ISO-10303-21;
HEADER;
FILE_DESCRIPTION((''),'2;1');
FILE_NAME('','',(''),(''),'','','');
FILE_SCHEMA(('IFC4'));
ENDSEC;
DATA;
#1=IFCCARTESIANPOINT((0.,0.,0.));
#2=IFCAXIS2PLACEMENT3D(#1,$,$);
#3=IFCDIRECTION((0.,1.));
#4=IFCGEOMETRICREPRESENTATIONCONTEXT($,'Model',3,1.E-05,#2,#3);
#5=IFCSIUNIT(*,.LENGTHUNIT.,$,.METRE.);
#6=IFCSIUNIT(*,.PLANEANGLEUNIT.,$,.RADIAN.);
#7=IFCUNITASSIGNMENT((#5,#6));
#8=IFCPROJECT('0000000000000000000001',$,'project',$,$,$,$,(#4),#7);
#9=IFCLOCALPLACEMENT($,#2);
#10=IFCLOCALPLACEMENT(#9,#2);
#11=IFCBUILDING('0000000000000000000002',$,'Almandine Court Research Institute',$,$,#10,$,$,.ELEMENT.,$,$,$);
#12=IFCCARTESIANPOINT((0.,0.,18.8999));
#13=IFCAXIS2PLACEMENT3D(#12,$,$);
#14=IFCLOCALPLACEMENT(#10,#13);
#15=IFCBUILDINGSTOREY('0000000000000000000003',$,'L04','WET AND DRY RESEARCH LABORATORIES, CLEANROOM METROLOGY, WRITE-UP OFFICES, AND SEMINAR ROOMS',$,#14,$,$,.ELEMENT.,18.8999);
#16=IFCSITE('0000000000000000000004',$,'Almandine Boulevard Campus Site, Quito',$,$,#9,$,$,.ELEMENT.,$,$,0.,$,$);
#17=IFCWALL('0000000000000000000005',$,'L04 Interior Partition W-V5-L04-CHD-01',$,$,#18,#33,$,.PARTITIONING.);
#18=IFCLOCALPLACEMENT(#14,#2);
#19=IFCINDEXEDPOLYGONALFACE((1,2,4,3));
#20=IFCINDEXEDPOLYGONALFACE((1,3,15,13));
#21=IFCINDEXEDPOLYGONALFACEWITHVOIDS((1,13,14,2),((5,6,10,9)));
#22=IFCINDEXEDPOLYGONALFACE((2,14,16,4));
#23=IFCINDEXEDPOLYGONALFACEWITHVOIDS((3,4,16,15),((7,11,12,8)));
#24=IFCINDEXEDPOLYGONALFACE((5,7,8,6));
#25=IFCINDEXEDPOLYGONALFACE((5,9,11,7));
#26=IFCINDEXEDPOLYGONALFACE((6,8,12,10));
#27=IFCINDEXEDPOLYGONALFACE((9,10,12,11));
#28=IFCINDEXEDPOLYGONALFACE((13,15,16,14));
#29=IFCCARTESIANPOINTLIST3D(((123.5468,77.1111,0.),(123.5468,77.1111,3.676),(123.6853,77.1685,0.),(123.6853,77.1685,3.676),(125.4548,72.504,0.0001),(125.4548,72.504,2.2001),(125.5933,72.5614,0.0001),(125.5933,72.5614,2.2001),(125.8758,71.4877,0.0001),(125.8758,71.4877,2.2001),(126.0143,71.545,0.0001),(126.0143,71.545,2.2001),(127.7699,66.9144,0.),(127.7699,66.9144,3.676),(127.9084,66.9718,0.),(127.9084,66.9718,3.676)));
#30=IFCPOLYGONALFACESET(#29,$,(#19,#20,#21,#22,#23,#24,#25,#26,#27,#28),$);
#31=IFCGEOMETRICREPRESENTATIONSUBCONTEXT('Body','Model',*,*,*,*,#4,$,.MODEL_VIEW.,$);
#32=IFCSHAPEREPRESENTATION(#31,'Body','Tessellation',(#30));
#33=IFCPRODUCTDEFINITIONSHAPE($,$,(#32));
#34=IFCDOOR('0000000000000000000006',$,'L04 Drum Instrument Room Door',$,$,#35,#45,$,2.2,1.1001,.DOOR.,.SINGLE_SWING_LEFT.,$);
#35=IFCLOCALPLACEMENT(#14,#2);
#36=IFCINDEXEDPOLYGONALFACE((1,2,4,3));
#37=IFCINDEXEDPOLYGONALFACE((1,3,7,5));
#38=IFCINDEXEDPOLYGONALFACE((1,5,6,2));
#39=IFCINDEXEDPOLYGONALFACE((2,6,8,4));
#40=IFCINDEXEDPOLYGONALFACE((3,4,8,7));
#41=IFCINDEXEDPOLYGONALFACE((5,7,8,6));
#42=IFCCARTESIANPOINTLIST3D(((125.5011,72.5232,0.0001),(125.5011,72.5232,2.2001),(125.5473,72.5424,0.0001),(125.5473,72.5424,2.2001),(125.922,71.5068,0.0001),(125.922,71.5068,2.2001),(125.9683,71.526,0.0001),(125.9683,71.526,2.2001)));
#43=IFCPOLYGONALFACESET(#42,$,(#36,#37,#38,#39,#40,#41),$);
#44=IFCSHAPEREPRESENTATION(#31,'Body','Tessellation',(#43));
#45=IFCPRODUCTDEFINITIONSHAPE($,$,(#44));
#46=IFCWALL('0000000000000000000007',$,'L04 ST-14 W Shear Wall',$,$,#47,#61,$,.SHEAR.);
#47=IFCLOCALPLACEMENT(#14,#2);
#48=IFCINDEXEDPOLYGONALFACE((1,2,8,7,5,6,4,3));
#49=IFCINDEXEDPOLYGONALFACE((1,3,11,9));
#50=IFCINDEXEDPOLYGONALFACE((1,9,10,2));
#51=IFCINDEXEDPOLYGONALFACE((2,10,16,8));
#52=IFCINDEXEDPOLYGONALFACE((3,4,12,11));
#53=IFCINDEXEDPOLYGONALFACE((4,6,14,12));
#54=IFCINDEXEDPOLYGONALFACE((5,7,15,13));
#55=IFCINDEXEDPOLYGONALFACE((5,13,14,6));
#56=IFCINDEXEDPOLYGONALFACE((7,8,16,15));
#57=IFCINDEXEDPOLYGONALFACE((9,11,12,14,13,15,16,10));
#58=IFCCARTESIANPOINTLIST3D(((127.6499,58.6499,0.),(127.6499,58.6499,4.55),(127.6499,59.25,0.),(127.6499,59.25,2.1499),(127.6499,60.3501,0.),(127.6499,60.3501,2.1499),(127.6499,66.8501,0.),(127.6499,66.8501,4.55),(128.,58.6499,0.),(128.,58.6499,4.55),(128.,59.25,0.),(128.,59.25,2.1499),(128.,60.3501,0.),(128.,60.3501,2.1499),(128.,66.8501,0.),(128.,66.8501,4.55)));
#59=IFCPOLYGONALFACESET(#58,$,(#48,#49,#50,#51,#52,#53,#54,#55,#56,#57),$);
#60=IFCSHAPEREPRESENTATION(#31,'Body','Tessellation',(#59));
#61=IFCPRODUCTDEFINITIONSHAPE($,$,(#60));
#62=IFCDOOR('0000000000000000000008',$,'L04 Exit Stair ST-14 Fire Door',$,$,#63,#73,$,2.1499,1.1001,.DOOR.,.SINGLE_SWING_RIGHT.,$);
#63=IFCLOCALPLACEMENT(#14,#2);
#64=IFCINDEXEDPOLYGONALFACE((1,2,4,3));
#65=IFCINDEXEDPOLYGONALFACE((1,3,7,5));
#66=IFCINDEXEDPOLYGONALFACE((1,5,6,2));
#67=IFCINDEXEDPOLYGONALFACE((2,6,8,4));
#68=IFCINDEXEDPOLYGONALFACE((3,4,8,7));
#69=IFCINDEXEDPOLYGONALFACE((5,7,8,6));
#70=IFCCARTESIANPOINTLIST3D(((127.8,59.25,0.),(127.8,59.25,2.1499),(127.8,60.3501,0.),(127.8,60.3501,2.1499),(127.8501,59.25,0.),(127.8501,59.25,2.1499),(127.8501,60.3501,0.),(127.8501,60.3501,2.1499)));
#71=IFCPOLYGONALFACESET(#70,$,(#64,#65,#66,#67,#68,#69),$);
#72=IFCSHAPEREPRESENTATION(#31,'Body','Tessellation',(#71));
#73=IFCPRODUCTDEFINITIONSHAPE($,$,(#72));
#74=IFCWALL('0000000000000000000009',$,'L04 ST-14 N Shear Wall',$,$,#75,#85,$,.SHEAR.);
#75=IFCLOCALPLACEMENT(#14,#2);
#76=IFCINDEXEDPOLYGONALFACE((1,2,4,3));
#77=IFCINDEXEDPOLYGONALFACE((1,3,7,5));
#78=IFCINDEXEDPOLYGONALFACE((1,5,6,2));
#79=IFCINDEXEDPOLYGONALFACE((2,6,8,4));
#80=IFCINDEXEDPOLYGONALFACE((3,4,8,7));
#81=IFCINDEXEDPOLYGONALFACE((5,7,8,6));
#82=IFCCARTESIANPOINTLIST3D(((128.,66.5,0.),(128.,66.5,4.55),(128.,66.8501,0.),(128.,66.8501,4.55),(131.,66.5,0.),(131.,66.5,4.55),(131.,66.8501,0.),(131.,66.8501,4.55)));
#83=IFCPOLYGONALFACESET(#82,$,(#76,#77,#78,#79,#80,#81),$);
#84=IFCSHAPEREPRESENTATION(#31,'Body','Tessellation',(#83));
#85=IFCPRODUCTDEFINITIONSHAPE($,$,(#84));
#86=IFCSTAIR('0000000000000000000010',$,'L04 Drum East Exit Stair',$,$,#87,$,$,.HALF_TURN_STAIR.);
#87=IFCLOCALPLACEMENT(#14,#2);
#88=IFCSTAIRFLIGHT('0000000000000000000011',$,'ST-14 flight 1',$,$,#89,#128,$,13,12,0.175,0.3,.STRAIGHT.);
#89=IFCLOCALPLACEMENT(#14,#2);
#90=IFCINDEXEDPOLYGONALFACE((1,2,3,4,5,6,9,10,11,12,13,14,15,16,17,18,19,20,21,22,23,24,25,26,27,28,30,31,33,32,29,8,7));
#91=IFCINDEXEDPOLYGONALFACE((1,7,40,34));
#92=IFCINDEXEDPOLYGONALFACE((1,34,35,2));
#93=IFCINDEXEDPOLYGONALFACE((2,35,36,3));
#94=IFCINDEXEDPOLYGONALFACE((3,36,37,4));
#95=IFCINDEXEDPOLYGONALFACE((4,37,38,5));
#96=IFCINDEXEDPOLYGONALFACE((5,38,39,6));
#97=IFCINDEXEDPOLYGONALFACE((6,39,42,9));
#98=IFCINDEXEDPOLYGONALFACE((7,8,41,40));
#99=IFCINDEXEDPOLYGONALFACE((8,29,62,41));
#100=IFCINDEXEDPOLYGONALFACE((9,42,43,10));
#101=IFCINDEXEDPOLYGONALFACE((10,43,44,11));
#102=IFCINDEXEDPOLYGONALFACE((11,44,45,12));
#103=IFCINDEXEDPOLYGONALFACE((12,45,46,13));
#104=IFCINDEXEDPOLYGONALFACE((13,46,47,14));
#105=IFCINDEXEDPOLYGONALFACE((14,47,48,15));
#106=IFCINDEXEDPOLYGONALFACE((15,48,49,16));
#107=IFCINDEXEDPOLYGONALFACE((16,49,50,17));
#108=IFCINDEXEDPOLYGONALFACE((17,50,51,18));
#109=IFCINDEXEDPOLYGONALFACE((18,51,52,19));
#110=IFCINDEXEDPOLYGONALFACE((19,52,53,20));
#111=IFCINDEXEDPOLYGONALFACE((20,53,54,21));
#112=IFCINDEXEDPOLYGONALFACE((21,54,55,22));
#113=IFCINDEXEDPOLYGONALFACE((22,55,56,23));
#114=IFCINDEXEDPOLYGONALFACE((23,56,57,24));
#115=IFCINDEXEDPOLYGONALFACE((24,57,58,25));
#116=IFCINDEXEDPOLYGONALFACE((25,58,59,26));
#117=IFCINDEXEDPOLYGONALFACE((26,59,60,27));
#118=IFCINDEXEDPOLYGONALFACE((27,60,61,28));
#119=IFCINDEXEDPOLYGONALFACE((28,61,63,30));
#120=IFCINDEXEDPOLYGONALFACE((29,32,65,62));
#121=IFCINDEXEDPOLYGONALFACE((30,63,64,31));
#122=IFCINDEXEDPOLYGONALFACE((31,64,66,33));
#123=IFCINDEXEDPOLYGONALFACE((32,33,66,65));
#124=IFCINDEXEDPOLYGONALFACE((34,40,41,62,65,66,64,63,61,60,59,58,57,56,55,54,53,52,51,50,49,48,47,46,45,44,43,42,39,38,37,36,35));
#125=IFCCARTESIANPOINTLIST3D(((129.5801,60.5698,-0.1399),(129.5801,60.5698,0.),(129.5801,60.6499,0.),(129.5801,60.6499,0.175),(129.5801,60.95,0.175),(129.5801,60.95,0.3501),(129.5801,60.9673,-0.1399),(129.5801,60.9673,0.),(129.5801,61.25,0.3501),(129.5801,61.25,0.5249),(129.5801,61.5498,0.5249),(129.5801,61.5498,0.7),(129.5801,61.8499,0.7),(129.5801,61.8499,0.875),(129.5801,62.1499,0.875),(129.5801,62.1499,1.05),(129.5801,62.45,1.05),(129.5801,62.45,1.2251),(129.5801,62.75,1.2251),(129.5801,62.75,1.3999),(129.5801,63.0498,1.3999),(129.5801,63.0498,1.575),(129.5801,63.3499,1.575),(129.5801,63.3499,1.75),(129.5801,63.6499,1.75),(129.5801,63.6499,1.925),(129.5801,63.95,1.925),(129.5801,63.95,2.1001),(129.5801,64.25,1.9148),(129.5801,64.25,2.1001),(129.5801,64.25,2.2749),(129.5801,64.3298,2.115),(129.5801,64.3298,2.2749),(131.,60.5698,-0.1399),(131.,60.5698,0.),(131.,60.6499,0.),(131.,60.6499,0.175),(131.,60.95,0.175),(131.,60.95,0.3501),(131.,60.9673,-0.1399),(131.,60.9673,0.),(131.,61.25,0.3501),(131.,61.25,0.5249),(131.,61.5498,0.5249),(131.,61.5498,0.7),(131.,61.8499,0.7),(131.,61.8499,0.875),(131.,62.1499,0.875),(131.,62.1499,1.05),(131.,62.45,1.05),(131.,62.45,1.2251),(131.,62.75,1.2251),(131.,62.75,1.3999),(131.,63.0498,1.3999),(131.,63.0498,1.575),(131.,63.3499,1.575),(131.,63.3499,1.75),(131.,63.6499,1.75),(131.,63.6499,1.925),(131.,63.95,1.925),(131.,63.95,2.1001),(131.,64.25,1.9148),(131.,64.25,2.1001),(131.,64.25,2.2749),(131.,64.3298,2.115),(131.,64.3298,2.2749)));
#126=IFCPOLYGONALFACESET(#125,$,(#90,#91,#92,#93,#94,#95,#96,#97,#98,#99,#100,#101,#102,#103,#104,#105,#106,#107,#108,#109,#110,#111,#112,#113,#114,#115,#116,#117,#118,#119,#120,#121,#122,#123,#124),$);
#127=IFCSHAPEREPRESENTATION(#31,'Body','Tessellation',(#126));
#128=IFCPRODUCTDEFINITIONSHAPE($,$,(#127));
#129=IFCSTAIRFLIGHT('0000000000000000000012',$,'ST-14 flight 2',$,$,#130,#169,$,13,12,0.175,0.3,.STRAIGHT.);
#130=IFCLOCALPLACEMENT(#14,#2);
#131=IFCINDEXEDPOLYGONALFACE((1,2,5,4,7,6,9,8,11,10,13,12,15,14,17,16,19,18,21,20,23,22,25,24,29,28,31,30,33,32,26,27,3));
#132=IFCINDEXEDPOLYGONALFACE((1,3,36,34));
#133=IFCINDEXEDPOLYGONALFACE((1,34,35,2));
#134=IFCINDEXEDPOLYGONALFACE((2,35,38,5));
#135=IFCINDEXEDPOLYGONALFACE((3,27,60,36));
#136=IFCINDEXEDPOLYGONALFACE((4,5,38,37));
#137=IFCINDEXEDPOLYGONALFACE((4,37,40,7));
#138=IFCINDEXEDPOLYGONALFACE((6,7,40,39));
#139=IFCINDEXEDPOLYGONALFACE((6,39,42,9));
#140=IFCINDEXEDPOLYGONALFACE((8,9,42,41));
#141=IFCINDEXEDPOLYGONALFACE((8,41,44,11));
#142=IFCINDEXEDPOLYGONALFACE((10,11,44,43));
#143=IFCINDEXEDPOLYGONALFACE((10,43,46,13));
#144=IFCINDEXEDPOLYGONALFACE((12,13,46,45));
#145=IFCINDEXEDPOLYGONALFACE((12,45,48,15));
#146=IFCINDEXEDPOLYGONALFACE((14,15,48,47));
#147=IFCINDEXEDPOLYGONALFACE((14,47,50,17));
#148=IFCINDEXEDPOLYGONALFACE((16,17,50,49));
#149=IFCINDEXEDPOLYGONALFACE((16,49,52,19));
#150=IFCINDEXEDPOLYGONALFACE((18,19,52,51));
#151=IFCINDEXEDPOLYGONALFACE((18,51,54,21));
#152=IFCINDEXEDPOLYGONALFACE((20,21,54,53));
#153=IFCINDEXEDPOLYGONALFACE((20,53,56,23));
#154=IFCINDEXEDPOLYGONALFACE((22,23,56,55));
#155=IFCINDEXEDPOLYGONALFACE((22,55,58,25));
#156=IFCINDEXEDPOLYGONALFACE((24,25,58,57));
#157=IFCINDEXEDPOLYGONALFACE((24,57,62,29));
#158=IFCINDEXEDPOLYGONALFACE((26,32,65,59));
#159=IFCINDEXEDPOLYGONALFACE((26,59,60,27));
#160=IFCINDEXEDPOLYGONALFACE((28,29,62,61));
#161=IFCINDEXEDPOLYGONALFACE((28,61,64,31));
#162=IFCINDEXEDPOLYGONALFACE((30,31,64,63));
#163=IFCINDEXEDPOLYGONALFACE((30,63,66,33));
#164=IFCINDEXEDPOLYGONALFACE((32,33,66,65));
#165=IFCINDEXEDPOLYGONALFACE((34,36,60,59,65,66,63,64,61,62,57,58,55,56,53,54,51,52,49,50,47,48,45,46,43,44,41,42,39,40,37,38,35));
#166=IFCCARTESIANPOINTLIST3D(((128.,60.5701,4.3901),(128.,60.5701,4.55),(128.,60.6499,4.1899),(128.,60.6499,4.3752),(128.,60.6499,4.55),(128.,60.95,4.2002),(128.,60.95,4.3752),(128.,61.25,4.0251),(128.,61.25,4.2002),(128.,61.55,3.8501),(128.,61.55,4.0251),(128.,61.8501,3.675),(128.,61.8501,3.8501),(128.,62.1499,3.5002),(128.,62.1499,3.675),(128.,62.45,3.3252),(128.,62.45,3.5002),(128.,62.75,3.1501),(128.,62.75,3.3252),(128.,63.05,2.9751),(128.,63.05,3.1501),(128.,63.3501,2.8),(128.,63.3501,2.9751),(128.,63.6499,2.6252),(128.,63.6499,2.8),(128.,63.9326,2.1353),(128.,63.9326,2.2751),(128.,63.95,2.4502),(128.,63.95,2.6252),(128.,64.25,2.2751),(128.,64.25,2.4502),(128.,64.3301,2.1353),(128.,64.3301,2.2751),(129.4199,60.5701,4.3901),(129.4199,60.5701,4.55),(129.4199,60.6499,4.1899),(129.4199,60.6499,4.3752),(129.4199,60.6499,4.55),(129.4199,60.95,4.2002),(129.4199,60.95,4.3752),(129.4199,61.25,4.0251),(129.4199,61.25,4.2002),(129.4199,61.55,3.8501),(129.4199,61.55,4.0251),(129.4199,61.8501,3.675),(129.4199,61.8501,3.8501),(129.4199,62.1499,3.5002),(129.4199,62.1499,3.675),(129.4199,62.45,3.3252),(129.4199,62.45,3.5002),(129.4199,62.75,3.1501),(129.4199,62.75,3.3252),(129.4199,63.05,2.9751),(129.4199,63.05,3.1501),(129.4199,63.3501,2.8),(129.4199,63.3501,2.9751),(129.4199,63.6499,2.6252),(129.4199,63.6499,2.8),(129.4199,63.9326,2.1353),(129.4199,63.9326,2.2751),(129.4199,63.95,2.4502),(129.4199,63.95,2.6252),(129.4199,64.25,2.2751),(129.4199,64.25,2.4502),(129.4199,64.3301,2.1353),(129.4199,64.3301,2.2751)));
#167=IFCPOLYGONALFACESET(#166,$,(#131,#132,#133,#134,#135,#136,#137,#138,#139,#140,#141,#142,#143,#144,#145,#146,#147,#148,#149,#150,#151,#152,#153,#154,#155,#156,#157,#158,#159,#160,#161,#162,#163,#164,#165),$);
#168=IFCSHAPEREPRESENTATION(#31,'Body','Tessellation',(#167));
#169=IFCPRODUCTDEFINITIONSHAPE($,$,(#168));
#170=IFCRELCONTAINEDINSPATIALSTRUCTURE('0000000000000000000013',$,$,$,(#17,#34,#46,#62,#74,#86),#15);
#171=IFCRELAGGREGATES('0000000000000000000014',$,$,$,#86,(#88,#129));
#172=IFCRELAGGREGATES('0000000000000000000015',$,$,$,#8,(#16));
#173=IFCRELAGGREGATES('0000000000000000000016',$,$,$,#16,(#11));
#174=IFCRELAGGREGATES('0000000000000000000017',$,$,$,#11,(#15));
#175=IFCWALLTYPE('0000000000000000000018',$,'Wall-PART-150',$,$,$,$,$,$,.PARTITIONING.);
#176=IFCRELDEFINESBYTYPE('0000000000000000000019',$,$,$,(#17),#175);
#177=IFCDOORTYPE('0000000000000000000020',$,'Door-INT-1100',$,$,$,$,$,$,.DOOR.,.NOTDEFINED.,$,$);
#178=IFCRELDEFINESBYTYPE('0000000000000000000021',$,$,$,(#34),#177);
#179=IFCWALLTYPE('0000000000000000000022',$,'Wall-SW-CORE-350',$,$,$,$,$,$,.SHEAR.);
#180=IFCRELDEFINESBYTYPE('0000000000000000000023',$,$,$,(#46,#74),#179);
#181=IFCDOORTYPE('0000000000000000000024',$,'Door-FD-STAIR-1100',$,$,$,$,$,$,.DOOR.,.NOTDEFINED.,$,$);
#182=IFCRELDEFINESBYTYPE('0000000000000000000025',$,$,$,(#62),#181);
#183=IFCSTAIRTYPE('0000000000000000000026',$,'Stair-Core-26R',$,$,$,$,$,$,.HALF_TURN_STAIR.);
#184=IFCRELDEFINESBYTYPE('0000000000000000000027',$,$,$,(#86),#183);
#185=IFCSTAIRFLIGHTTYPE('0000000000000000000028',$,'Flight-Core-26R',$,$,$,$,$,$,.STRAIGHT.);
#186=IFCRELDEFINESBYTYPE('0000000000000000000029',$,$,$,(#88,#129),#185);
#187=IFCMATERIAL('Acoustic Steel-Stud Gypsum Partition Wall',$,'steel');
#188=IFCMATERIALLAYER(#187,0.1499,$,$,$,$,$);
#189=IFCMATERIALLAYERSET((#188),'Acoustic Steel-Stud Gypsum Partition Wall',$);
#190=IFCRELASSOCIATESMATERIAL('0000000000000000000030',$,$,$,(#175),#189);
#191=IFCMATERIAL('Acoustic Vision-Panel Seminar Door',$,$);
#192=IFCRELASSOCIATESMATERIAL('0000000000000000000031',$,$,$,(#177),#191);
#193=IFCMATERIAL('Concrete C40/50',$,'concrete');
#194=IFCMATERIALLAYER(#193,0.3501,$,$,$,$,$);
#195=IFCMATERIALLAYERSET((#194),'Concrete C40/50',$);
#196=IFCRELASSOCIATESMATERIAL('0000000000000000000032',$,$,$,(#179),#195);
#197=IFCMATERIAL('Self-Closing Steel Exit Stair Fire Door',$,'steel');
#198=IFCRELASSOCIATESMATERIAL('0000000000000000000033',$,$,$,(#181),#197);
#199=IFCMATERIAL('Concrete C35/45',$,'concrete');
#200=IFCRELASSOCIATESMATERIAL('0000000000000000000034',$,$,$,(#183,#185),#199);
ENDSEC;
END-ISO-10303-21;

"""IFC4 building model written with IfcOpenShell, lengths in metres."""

from ifc_helpers import new_model, si_unit, direction, frame, frame_2d, origin, place, context, subcontext, project, spatial, polyline, rectangle, outline, extrude, material, layer, layer_set, type_object, element, fill, aggregate, save


model = new_model("IFC4")

# Units and contexts
model_context = context("Model", 3, precision=1e-05, world=origin(), true_north=direction((0.0, 1.0)))
body_context = subcontext(model_context, "Body", "Model", "MODEL_VIEW")
ifc_project = project(units=[si_unit("LENGTHUNIT", "METRE"), si_unit("PLANEANGLEUNIT", "RADIAN")], contexts=[model_context])

# Site, building, storey
site_placement = place(None, origin())
site = spatial("IfcSite", under=ifc_project, at=site_placement, Name="Almandine Boulevard Campus Site, Quito", CompositionType="ELEMENT", RefElevation=0.0)
building_placement = place(site_placement, origin())
building = spatial("IfcBuilding", under=site, at=building_placement, Name="Almandine Court Research Institute", CompositionType="ELEMENT")
storey_placement = place(building_placement, frame((0.0, 0.0, 18.8999)))
storey = spatial("IfcBuildingStorey", under=building, at=storey_placement, Name="L04", Description="WET AND DRY RESEARCH LABORATORIES, CLEANROOM METROLOGY, WRITE-UP OFFICES, AND SEMINAR ROOMS", CompositionType="ELEMENT", Elevation=18.8999)

# Walls, openings, doors
ifc_material_1 = material(Name="Acoustic Steel-Stud Gypsum Partition Wall", Category="steel")
ifc_layer_1 = layer(ifc_material_1, 0.1499)
ifc_layer_set_1 = layer_set([ifc_layer_1], Name="Acoustic Steel-Stud Gypsum Partition Wall")
wall_type_1 = type_object("IfcWallType", Name="Wall-PART-150", PredefinedType="PARTITIONING", material=ifc_layer_set_1)
wall_1_placement = place(storey_placement, frame((127.8391, 66.9431, 0.0), z_axis=(0.0, 0.0, 1.0), x_axis=(-0.382645, 0.923896, 0.0)))
wall_1 = element("IfcWall", 1, at=wall_1_placement, inside=storey, type_object=wall_type_1, Name="L04 Interior Partition W-V5-L04-CHD-01", PredefinedType="PARTITIONING", context=body_context, shape_type="SweptSolid", body=[
    extrude(rectangle(XDim=11.0366, YDim=0.1499, at=frame_2d((5.5183, 0.0))), origin(), (0.0, 0.0, 1.0), 3.676),
])
opening_1_placement = place(wall_1_placement, frame((4.95, 0.0, 0.0)))
opening_1 = element("IfcOpeningElement", 2, at=opening_1_placement, cuts=wall_1, PredefinedType="OPENING", context=body_context, shape_type="SweptSolid", body=[
    extrude(rectangle(XDim=1.1001, YDim=2.2, at=frame_2d((0.55, 1.1001))), frame((0.0, 0.085, 0.0), z_axis=(0.0, -1.0, 0.0), x_axis=(1.0, 0.0, 0.0)), (0.0, 0.0, 1.0), 0.1699),
])
ifc_material_2 = material(Name="Acoustic Vision-Panel Seminar Door")
door_type_1 = type_object("IfcDoorType", Name="Door-INT-1100", OperationType="NOTDEFINED", PredefinedType="DOOR", material=ifc_material_2)
door_1_placement = place(opening_1_placement, origin())
door_1 = element("IfcDoor", 3, at=door_1_placement, inside=storey, type_object=door_type_1, Name="L04 Drum Instrument Room Door", OperationType="SINGLE_SWING_LEFT", OverallHeight=2.2, OverallWidth=1.1001, PredefinedType="DOOR", context=body_context, shape_type="SweptSolid", body=[
    extrude(rectangle(XDim=1.1001, YDim=2.2, at=frame_2d((0.55, 1.1001))), frame((0.0, 0.0249, 0.0), z_axis=(0.0, -1.0, 0.0), x_axis=(1.0, 0.0, 0.0)), (0.0, 0.0, 1.0), 0.05),
])
fill(opening_1, door_1)
ifc_material_3 = material(Name="Concrete C40/50", Category="concrete")
ifc_layer_2 = layer(ifc_material_3, 0.3501)
ifc_layer_set_2 = layer_set([ifc_layer_2], Name="Concrete C40/50")
wall_type_2 = type_object("IfcWallType", Name="Wall-SW-CORE-350", PredefinedType="SHEAR", material=ifc_layer_set_2)
wall_2_placement = place(storey_placement, frame((127.825, 58.6499, 0.0), z_axis=(0.0, 0.0, 1.0), x_axis=(0.0, 1.0, 0.0)))
wall_2 = element("IfcWall", 4, at=wall_2_placement, inside=storey, type_object=wall_type_2, Name="L04 ST-14 W Shear Wall", PredefinedType="SHEAR", context=body_context, shape_type="SweptSolid", body=[
    extrude(rectangle(XDim=8.2002, YDim=0.3501, at=frame_2d((4.1001, 0.0))), origin(), (0.0, 0.0, 1.0), 4.55),
])
opening_2_placement = place(wall_2_placement, frame((0.6001, 0.0, 0.0)))
opening_2 = element("IfcOpeningElement", 5, at=opening_2_placement, cuts=wall_2, PredefinedType="OPENING", context=body_context, shape_type="SweptSolid", body=[
    extrude(rectangle(XDim=1.1001, YDim=2.1499, at=frame_2d((0.55, 1.075))), frame((0.0, 0.1851, 0.0), z_axis=(0.0, -1.0, 0.0), x_axis=(1.0, 0.0, 0.0)), (0.0, 0.0, 1.0), 0.3701),
])
ifc_material_4 = material(Name="Self-Closing Steel Exit Stair Fire Door", Category="steel")
door_type_2 = type_object("IfcDoorType", Name="Door-FD-STAIR-1100", OperationType="NOTDEFINED", PredefinedType="DOOR", material=ifc_material_4)
door_2_placement = place(opening_2_placement, origin())
door_2 = element("IfcDoor", 6, at=door_2_placement, inside=storey, type_object=door_type_2, Name="L04 Exit Stair ST-14 Fire Door", OperationType="SINGLE_SWING_RIGHT", OverallHeight=2.1499, OverallWidth=1.1001, PredefinedType="DOOR", context=body_context, shape_type="SweptSolid", body=[
    extrude(rectangle(XDim=1.1001, YDim=2.1499, at=frame_2d((0.55, 1.075))), frame((0.0, 0.0249, 0.0), z_axis=(0.0, -1.0, 0.0), x_axis=(1.0, 0.0, 0.0)), (0.0, 0.0, 1.0), 0.05),
])
fill(opening_2, door_2)

# Wall
wall_3_placement = place(storey_placement, frame((128.0, 66.675, 0.0), z_axis=(0.0, 0.0, 1.0), x_axis=(1.0, 0.0, 0.0)))
element("IfcWall", 7, at=wall_3_placement, inside=storey, type_object=wall_type_2, Name="L04 ST-14 N Shear Wall", PredefinedType="SHEAR", context=body_context, shape_type="SweptSolid", body=[
    extrude(rectangle(XDim=3.0, YDim=0.3501, at=frame_2d((1.5, 0.0))), origin(), (0.0, 0.0, 1.0), 4.55),
])

# Stair, stair flights
ifc_material_5 = material(Name="Concrete C35/45", Category="concrete")
stair_type = type_object("IfcStairType", Name="Stair-Core-26R", PredefinedType="HALF_TURN_STAIR", material=ifc_material_5)
stair_placement = place(storey_placement, origin())
stair = element("IfcStair", 8, at=stair_placement, inside=storey, type_object=stair_type, Name="L04 Drum East Exit Stair", PredefinedType="HALF_TURN_STAIR")
stair_flight_type = type_object("IfcStairFlightType", Name="Flight-Core-26R", PredefinedType="STRAIGHT", material=ifc_material_5)
stair_flight_1_placement = place(storey_placement, frame((130.29, 60.6499, 0.0), z_axis=(0.0, 0.0, 1.0), x_axis=(0.0, 1.0, 0.0)))
stair_flight_1 = element("IfcStairFlight", 9, at=stair_flight_1_placement, type_object=stair_flight_type, Name="ST-14 flight 1", NumberOfRisers=13, NumberOfTreads=12, PredefinedType="STRAIGHT", RiserHeight=0.175, TreadLength=0.3, context=body_context, shape_type="SweptSolid", body=[
    extrude(outline(polyline([(-0.0801, -0.1399), (-0.0801, 0.0), (0.0, 0.0), (0.0, 0.175), (0.3, 0.175), (0.3, 0.3501), (0.6001, 0.3501), (0.6001, 0.5249), (0.8999, 0.5249), (0.8999, 0.7), (1.2, 0.7), (1.2, 0.875), (1.5, 0.875), (1.5, 1.05), (1.8, 1.05), (1.8, 1.2251), (2.1001, 1.2251), (2.1001, 1.3999), (2.3999, 1.3999), (2.3999, 1.575), (2.7, 1.575), (2.7, 1.75), (3.0, 1.75), (3.0, 1.925), (3.3, 1.925), (3.3, 2.1001), (3.6001, 2.1001), (3.6001, 2.2749), (3.6799, 2.2749), (3.6799, 2.115), (3.6001, 1.9148), (0.3174, 0.0), (0.3174, -0.1399), (-0.0801, -0.1399)])), frame((0.0, 0.71, 0.0), z_axis=(0.0, -1.0, 0.0), x_axis=(1.0, 0.0, 0.0)), (0.0, 0.0, 1.0), 1.4199),
])
stair_flight_2_placement = place(storey_placement, frame((128.71, 64.25, 2.2751), z_axis=(0.0, 0.0, 1.0), x_axis=(0.0, -1.0, 0.0)))
stair_flight_2 = element("IfcStairFlight", 10, at=stair_flight_2_placement, type_object=stair_flight_type, Name="ST-14 flight 2", NumberOfRisers=13, NumberOfTreads=12, PredefinedType="STRAIGHT", RiserHeight=0.175, TreadLength=0.3, context=body_context, shape_type="SweptSolid", body=[
    extrude(outline(polyline([(-0.0801, -0.1399), (-0.0801, 0.0), (0.0, 0.0), (0.0, 0.175), (0.3, 0.175), (0.3, 0.3501), (0.6001, 0.3501), (0.6001, 0.5249), (0.8999, 0.5249), (0.8999, 0.7), (1.2, 0.7), (1.2, 0.875), (1.5, 0.875), (1.5, 1.05), (1.8, 1.05), (1.8, 1.2251), (2.1001, 1.2251), (2.1001, 1.3999), (2.3999, 1.3999), (2.3999, 1.575), (2.7, 1.575), (2.7, 1.75), (3.0, 1.75), (3.0, 1.925), (3.3, 1.925), (3.3, 2.1001), (3.6001, 2.1001), (3.6001, 2.2749), (3.6799, 2.2749), (3.6799, 2.115), (3.6001, 1.9148), (0.3174, 0.0), (0.3174, -0.1399), (-0.0801, -0.1399)])), frame((0.0, 0.71, 0.0), z_axis=(0.0, -1.0, 0.0), x_axis=(1.0, 0.0, 0.0)), (0.0, 0.0, 1.0), 1.4199),
])
aggregate(stair, [stair_flight_1, stair_flight_2])

save(model, "model.ifc")
